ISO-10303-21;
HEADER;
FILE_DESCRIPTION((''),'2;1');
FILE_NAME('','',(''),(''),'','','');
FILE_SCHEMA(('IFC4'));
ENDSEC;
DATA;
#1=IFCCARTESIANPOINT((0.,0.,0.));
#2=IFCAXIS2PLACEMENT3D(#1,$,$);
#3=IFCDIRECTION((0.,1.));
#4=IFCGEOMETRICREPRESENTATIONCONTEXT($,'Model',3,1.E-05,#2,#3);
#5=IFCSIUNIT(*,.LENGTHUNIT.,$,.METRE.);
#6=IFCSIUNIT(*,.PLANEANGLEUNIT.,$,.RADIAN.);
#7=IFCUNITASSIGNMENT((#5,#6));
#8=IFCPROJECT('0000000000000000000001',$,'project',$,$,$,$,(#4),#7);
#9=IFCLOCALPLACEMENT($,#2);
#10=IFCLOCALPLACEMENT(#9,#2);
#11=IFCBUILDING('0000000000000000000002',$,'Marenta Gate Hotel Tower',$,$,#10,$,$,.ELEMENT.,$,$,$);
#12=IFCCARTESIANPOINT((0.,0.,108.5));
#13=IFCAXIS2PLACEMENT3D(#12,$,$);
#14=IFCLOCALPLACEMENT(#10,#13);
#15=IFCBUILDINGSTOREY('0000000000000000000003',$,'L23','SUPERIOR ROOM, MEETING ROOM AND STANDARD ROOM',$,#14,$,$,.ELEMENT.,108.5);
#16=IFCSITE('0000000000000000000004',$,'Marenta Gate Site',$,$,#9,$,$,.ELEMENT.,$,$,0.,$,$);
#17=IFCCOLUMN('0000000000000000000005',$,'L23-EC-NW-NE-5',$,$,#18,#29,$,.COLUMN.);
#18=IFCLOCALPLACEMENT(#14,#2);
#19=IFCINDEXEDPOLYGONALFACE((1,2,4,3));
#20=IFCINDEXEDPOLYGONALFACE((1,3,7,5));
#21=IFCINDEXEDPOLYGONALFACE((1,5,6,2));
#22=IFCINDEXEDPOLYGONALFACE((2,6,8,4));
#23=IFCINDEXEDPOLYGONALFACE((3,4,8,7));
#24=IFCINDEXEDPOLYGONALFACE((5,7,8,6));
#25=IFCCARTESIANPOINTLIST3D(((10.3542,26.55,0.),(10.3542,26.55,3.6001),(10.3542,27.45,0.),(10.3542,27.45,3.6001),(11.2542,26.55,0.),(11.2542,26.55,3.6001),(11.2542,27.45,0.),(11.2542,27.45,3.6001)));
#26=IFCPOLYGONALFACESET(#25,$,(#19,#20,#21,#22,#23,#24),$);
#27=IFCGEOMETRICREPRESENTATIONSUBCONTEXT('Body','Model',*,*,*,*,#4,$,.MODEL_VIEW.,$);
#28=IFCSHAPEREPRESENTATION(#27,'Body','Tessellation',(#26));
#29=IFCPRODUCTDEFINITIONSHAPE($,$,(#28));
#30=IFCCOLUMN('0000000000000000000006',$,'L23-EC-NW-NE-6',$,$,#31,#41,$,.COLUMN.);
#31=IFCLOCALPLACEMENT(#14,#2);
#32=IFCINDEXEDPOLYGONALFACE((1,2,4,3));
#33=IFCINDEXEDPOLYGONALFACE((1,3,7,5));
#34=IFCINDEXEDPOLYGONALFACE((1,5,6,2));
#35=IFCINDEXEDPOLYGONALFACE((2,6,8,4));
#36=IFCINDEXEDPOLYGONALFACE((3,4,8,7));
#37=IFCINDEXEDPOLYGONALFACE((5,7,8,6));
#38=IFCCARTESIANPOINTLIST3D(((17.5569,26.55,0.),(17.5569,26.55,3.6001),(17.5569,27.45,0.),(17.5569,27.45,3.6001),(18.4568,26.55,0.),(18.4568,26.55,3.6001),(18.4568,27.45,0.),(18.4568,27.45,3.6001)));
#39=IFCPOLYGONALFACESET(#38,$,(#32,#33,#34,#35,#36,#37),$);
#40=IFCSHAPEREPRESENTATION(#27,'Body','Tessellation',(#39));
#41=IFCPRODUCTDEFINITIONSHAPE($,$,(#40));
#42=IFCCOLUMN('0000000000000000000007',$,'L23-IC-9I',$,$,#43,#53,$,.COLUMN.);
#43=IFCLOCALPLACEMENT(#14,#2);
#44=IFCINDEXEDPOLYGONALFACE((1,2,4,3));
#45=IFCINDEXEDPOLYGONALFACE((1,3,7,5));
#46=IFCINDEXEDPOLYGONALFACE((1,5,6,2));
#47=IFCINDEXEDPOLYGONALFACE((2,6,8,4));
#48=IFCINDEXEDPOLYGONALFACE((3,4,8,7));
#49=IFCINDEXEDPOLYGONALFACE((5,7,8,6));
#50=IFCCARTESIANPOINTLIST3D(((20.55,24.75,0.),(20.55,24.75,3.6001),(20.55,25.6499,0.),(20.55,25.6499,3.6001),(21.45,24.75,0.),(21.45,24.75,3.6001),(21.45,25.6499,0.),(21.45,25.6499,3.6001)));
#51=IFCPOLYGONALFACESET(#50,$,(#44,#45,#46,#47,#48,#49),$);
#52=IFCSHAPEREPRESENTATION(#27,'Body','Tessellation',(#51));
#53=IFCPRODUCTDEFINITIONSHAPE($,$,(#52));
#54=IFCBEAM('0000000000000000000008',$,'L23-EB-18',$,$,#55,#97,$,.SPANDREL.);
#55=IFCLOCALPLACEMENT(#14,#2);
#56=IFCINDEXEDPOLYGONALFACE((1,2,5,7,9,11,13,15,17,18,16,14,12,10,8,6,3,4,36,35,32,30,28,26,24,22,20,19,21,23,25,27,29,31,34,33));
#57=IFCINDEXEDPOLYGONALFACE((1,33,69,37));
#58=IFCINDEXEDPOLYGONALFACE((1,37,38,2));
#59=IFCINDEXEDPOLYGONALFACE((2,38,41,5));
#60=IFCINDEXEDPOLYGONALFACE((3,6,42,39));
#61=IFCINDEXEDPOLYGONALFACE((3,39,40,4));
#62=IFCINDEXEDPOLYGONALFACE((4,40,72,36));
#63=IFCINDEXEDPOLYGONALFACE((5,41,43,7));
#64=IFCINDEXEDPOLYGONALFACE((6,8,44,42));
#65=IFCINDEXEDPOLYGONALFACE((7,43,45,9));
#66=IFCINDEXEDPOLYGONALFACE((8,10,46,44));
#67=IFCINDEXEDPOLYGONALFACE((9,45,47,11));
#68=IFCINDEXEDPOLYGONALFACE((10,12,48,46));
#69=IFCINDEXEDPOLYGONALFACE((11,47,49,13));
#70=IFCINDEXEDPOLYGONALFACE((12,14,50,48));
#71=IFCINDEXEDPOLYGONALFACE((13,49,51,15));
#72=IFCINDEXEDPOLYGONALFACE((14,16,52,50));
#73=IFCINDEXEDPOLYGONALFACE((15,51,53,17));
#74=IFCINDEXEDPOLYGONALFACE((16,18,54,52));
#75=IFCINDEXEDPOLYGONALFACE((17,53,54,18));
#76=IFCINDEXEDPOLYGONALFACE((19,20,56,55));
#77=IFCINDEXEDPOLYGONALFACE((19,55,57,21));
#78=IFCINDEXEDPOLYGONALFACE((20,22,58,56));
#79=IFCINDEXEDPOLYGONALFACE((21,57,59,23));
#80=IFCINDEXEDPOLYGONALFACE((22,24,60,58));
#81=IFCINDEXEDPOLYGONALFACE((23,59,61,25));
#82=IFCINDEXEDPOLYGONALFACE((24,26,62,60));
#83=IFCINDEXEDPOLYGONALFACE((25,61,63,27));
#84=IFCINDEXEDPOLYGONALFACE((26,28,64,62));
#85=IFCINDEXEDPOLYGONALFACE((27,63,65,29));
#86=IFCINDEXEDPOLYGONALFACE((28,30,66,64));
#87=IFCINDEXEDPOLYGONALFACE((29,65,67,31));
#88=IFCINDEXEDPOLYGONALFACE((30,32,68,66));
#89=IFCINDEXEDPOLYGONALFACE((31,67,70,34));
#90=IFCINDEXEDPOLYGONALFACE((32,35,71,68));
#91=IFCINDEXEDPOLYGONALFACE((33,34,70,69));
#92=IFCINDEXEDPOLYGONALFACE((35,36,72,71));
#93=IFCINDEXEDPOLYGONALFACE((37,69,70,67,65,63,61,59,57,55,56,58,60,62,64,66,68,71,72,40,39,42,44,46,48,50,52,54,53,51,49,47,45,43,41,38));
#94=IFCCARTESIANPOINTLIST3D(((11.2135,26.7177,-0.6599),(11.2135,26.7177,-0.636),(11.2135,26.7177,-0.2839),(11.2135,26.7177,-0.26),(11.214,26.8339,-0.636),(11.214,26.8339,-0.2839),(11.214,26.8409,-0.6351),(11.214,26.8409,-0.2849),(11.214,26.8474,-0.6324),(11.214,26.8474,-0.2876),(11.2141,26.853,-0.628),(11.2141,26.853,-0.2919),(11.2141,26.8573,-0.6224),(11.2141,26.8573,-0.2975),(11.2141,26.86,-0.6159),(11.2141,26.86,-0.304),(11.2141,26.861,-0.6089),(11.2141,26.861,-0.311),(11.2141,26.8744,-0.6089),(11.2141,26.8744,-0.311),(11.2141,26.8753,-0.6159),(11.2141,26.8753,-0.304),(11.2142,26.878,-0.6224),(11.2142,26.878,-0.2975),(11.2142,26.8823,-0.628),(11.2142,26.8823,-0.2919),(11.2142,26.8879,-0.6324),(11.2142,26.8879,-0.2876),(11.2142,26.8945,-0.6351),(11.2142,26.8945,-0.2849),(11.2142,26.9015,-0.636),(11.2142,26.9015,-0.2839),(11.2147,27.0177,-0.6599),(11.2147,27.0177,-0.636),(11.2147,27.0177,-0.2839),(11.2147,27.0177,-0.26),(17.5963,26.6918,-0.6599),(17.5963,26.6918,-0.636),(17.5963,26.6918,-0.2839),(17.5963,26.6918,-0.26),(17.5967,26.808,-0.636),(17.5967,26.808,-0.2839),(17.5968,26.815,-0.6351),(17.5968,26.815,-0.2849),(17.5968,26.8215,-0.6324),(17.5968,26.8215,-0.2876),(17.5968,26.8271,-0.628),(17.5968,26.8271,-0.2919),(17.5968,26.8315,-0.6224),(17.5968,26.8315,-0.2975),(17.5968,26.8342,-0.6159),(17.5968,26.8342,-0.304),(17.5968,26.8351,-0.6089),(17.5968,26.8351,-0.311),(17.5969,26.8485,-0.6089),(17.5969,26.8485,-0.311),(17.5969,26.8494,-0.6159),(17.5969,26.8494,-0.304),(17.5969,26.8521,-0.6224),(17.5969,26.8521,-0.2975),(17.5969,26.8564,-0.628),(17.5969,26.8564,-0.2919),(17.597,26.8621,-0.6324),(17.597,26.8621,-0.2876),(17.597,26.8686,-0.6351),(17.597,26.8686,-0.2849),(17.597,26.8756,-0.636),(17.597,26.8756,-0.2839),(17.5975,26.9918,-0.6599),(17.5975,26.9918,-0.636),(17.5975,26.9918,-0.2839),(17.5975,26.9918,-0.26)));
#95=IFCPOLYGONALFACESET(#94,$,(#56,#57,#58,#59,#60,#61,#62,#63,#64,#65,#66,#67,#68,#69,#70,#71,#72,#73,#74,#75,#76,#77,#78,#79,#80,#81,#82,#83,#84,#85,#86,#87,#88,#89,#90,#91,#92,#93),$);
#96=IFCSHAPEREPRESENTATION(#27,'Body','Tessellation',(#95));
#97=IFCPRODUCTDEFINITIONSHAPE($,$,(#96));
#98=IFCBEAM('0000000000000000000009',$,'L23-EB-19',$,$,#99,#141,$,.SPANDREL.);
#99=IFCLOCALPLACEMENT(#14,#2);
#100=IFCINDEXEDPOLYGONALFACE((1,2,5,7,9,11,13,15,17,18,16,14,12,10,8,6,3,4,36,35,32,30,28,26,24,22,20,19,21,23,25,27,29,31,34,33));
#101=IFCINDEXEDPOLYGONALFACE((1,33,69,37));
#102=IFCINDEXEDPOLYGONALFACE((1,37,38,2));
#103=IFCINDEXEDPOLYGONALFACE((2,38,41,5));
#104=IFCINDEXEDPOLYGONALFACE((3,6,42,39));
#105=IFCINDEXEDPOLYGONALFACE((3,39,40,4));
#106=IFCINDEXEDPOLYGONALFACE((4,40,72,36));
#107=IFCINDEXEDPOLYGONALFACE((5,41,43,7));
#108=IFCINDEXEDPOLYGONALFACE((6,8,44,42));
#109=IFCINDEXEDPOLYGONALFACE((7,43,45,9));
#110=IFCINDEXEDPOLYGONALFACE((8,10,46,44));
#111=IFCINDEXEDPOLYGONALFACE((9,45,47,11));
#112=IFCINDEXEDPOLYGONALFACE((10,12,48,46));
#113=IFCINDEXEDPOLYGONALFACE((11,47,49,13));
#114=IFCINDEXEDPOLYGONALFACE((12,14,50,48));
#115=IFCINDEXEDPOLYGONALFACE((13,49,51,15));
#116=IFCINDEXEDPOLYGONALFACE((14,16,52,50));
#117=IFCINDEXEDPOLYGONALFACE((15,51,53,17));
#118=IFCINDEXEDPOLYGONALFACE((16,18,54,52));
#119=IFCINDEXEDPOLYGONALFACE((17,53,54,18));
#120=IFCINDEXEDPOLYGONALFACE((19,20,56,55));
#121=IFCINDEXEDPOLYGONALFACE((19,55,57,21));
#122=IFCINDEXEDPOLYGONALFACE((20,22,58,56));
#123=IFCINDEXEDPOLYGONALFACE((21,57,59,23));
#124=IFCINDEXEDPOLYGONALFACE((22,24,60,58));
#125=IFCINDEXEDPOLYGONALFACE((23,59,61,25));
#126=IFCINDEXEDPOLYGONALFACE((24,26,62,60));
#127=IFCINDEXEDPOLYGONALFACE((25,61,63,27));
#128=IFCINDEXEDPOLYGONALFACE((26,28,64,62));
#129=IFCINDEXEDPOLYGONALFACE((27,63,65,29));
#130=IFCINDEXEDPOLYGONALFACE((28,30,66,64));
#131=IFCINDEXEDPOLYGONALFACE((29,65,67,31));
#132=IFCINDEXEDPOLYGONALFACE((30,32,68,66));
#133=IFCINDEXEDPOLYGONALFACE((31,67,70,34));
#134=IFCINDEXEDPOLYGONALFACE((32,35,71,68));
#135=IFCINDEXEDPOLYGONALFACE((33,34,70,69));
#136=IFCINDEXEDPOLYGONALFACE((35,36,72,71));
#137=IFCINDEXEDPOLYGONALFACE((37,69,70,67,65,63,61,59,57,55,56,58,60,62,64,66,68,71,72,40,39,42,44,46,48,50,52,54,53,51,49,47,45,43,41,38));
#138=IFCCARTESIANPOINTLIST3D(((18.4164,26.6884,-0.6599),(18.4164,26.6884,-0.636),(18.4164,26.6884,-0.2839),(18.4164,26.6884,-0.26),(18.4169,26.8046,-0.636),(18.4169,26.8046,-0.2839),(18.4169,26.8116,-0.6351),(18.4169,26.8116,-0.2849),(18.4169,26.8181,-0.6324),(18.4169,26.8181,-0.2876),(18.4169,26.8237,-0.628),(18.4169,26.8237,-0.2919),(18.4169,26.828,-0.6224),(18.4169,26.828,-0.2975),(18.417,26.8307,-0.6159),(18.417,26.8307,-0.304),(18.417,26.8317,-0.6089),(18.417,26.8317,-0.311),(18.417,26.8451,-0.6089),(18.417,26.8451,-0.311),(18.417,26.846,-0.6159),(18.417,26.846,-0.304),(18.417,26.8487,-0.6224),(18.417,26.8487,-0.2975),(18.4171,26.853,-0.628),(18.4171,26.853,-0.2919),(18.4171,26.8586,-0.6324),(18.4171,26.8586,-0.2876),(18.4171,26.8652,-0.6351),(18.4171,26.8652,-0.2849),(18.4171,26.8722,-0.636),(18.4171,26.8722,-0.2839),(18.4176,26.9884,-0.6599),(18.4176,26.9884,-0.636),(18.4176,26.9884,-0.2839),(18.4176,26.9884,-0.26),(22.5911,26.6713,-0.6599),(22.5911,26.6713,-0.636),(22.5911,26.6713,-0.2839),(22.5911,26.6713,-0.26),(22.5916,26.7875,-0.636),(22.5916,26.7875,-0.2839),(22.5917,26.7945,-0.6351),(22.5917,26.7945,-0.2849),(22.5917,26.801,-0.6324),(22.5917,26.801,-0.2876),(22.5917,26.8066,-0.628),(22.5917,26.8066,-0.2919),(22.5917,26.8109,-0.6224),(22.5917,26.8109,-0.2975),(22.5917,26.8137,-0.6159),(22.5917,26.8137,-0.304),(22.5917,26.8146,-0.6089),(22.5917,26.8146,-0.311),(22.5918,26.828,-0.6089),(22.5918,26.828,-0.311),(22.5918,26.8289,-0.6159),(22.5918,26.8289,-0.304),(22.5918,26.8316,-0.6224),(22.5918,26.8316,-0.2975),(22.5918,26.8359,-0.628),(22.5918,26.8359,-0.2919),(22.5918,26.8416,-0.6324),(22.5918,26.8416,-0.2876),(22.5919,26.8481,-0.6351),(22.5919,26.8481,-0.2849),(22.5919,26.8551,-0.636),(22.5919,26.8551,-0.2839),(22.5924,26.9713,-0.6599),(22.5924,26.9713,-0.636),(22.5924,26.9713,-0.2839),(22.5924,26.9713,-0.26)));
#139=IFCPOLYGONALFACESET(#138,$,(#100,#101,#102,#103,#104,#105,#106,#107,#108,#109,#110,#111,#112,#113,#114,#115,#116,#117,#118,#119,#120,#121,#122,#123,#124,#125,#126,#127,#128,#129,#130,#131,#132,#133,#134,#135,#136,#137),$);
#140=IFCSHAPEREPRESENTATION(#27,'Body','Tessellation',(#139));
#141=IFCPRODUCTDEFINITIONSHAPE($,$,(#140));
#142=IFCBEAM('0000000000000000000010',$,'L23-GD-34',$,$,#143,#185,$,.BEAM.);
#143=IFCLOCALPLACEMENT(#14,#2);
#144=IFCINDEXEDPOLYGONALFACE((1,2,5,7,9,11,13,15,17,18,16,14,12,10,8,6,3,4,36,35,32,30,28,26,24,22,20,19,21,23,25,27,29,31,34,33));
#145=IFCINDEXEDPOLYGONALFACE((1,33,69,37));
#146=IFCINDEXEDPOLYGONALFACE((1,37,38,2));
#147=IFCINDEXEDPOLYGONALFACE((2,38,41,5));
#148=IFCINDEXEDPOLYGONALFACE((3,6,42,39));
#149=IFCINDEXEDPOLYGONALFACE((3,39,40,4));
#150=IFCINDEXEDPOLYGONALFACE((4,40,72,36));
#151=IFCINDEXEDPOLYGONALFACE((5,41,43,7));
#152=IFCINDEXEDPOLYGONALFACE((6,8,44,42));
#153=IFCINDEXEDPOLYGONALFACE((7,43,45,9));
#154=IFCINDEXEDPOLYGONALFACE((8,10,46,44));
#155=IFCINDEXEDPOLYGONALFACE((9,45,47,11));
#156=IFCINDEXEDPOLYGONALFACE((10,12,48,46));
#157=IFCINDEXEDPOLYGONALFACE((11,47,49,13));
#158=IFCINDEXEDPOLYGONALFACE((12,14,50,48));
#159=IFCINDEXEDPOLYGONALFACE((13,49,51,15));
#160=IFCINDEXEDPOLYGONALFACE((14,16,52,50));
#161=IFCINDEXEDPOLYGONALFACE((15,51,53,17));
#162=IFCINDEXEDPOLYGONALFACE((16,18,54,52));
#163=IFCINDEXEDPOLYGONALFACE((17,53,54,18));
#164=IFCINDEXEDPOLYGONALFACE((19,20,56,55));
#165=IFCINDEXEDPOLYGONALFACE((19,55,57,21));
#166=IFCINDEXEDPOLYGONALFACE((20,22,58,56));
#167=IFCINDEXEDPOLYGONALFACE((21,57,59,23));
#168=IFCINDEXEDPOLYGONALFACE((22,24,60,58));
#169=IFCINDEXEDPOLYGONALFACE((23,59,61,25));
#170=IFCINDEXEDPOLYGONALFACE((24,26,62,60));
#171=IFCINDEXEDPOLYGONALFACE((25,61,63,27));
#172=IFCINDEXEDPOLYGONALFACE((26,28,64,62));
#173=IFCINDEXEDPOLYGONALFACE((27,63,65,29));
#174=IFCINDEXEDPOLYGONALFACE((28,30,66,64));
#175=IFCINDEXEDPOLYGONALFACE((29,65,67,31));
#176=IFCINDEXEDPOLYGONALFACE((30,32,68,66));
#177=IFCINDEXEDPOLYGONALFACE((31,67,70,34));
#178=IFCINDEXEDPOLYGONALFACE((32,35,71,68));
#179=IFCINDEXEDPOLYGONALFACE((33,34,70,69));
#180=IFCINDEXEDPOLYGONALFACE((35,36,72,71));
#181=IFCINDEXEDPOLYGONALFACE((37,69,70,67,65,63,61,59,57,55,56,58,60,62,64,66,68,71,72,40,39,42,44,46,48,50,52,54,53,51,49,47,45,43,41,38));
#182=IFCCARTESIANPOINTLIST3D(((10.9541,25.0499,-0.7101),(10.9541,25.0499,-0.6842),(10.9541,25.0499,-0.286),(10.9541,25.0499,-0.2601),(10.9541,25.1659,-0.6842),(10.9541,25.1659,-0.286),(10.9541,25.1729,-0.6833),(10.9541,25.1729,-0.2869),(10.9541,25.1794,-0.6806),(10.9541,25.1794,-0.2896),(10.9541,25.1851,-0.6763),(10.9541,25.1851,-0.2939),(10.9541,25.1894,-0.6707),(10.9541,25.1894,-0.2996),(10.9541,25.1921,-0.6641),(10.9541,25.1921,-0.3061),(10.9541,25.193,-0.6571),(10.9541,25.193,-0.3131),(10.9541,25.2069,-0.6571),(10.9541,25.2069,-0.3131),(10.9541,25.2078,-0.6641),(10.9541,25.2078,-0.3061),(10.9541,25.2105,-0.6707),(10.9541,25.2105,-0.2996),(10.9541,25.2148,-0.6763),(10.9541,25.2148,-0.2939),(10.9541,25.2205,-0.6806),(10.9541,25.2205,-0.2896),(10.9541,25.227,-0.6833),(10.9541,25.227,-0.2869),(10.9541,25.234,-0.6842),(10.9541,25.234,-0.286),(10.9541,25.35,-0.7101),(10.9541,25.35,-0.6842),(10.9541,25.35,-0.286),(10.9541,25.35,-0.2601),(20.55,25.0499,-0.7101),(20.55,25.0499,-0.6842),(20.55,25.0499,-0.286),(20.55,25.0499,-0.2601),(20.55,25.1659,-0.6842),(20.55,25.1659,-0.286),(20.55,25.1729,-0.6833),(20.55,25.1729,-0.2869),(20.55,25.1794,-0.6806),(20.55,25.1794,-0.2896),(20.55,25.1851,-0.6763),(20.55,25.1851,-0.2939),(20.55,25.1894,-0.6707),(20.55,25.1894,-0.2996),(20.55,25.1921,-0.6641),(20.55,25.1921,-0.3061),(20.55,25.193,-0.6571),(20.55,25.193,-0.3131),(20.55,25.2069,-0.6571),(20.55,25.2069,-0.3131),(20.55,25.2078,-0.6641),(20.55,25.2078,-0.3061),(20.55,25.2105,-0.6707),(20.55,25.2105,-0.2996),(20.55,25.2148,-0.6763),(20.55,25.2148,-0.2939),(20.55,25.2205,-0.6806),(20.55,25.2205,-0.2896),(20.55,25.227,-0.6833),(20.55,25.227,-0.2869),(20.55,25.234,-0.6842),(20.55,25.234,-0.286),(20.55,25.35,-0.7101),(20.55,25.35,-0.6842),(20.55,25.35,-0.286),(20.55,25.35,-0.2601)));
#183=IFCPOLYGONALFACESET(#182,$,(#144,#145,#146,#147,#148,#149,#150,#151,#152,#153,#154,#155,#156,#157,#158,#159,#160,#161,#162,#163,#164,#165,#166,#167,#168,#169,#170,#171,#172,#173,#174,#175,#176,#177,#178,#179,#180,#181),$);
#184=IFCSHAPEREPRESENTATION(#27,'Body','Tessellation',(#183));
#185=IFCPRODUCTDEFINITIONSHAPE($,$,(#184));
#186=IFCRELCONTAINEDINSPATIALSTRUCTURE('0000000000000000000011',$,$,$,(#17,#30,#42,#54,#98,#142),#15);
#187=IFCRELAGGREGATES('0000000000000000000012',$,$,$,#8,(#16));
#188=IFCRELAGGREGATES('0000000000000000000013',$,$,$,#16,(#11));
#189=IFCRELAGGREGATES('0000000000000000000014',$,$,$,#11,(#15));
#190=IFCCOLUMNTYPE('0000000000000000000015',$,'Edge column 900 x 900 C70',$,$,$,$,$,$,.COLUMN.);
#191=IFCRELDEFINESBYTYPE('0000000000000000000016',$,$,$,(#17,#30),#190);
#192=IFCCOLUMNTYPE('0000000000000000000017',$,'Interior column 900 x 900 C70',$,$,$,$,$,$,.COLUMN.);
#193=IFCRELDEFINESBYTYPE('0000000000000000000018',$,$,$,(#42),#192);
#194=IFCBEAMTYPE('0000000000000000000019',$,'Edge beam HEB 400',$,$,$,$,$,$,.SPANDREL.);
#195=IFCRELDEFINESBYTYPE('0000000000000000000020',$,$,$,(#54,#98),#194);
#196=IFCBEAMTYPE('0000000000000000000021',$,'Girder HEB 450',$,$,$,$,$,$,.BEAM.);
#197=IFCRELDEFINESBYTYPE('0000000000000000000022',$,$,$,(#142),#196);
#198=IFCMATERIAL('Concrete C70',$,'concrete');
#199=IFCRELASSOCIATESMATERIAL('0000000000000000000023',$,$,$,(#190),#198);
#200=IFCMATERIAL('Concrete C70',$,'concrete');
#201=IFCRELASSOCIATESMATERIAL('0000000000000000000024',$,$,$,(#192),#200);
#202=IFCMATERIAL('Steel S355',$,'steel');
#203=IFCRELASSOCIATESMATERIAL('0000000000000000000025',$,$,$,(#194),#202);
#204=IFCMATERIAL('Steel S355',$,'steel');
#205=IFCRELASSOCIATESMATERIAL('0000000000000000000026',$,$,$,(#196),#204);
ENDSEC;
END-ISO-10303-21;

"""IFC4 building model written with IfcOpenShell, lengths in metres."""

from ifc_helpers import new_model, si_unit, direction, frame, origin, origin_2d, place, context, subcontext, project, spatial, rectangle, i_section, extrude, material, material_profile, profile_set, type_object, element, save


model = new_model("IFC4")

# Units and contexts
model_context = context("Model", 3, precision=1e-05, world=origin(), true_north=direction((0.0, 1.0)))
body_context = subcontext(model_context, "Body", "Model", "MODEL_VIEW")
ifc_project = project(units=[si_unit("LENGTHUNIT", "METRE"), si_unit("PLANEANGLEUNIT", "RADIAN")], contexts=[model_context])

# Site, building, storey
site_placement = place(None, origin())
site = spatial("IfcSite", under=ifc_project, at=site_placement, Name="Marenta Gate Site", CompositionType="ELEMENT", RefElevation=0.0)
building_placement = place(site_placement, origin())
building = spatial("IfcBuilding", under=site, at=building_placement, Name="Marenta Gate Hotel Tower", CompositionType="ELEMENT")
storey_placement = place(building_placement, frame((0.0, 0.0, 108.5)))
storey = spatial("IfcBuildingStorey", under=building, at=storey_placement, Name="L23", Description="SUPERIOR ROOM, MEETING ROOM AND STANDARD ROOM", CompositionType="ELEMENT", Elevation=108.5)

# Columns
ifc_material_1 = material(Name="Concrete C70", Category="concrete")
ifc_material_profile_1 = material_profile(ifc_material_1, rectangle(XDim=0.8999, YDim=0.8999, at=origin_2d()), Name="900 x 900")
ifc_profile_set_1 = profile_set([ifc_material_profile_1], Name="Concrete C70")
column_type_1 = type_object("IfcColumnType", Name="Edge column 900 x 900 C70", PredefinedType="COLUMN", material=ifc_profile_set_1)
for number, where, z_axis, x_axis, name in (
    (1, (10.8042, 27.0, 0.0), (0.0, 0.0, 1.0), (1.0, 0.0, 0.0), "L23-EC-NW-NE-5"),
    (2, (18.0068, 27.0, 0.0), (0.0, 0.0, 1.0), (1.0, 0.0, 0.0), "L23-EC-NW-NE-6"),
):
    element("IfcColumn", number, at=place(storey_placement, frame(where, z_axis=z_axis, x_axis=x_axis)), inside=storey, type_object=column_type_1, Name=name, PredefinedType="COLUMN", context=body_context, shape_type="SweptSolid", body=[
        extrude(rectangle(XDim=0.8999, YDim=0.8999, at=origin_2d()), origin(), (0.0, 0.0, 1.0), 3.6001),
    ])
ifc_material_2 = material(Name="Concrete C70", Category="concrete")
ifc_material_profile_2 = material_profile(ifc_material_2, rectangle(XDim=0.8999, YDim=0.8999, at=origin_2d()), Name="900 x 900")
ifc_profile_set_2 = profile_set([ifc_material_profile_2], Name="Concrete C70")
column_type_2 = type_object("IfcColumnType", Name="Interior column 900 x 900 C70", PredefinedType="COLUMN", material=ifc_profile_set_2)
column_placement = place(storey_placement, frame((21.0, 25.2, 0.0), z_axis=(0.0, 0.0, 1.0), x_axis=(1.0, 0.0, 0.0)))
element("IfcColumn", 3, at=column_placement, inside=storey, type_object=column_type_2, Name="L23-IC-9I", PredefinedType="COLUMN", context=body_context, shape_type="SweptSolid", body=[
    extrude(rectangle(XDim=0.8999, YDim=0.8999, at=origin_2d()), origin(), (0.0, 0.0, 1.0), 3.6001),
])

# Beams
ifc_material_3 = material(Name="Steel S355", Category="steel")
ifc_material_profile_3 = material_profile(ifc_material_3, i_section(OverallWidth=0.3, OverallDepth=0.3999, WebThickness=0.0134, FlangeThickness=0.0239, FilletRadius=0.0271, at=origin_2d()), Name="HEB 400")
ifc_profile_set_3 = profile_set([ifc_material_profile_3], Name="Steel S355")
beam_type_1 = type_object("IfcBeamType", Name="Edge beam HEB 400", PredefinedType="SPANDREL", material=ifc_profile_set_3)
beam_1_placement = place(storey_placement, frame((11.2141, 26.8677, -0.46), z_axis=(0.999992, -0.004054, 0.0), x_axis=(0.004054, 0.999992, 0.0)))
element("IfcBeam", 4, at=beam_1_placement, inside=storey, type_object=beam_type_1, Name="L23-EB-18", PredefinedType="SPANDREL", context=body_context, shape_type="SweptSolid", body=[
    extrude(i_section(OverallWidth=0.3, OverallDepth=0.3999, WebThickness=0.0134, FlangeThickness=0.0239, FilletRadius=0.0271, at=origin_2d()), origin(), (0.0, 0.0, 1.0), 6.3828),
])
beam_2_placement = place(storey_placement, frame((18.417, 26.8384, -0.46), z_axis=(0.999992, -0.004094, 0.0), x_axis=(0.004094, 0.999992, 0.0)))
element("IfcBeam", 5, at=beam_2_placement, inside=storey, type_object=beam_type_1, Name="L23-EB-19", PredefinedType="SPANDREL", context=body_context, shape_type="SweptSolid", body=[
    extrude(i_section(OverallWidth=0.3, OverallDepth=0.3999, WebThickness=0.0134, FlangeThickness=0.0239, FilletRadius=0.0271, at=origin_2d()), origin(), (0.0, 0.0, 1.0), 4.1748),
])
ifc_material_4 = material(Name="Steel S355", Category="steel")
ifc_material_profile_4 = material_profile(ifc_material_4, i_section(OverallWidth=0.3, OverallDepth=0.45, WebThickness=0.0139, FlangeThickness=0.0259, FilletRadius=0.0271, at=origin_2d()), Name="HEB 450")
ifc_profile_set_4 = profile_set([ifc_material_profile_4], Name="Steel S355")
beam_type_2 = type_object("IfcBeamType", Name="Girder HEB 450", PredefinedType="BEAM", material=ifc_profile_set_4)
beam_3_placement = place(storey_placement, frame((10.9541, 25.2, -0.4851), z_axis=(1.0, 0.0, 0.0), x_axis=(0.0, 1.0, 0.0)))
element("IfcBeam", 6, at=beam_3_placement, inside=storey, type_object=beam_type_2, Name="L23-GD-34", PredefinedType="BEAM", context=body_context, shape_type="SweptSolid", body=[
    extrude(i_section(OverallWidth=0.3, OverallDepth=0.45, WebThickness=0.0139, FlangeThickness=0.0259, FilletRadius=0.0271, at=origin_2d()), origin(), (0.0, 0.0, 1.0), 9.5959),
])

save(model, "model.ifc")
